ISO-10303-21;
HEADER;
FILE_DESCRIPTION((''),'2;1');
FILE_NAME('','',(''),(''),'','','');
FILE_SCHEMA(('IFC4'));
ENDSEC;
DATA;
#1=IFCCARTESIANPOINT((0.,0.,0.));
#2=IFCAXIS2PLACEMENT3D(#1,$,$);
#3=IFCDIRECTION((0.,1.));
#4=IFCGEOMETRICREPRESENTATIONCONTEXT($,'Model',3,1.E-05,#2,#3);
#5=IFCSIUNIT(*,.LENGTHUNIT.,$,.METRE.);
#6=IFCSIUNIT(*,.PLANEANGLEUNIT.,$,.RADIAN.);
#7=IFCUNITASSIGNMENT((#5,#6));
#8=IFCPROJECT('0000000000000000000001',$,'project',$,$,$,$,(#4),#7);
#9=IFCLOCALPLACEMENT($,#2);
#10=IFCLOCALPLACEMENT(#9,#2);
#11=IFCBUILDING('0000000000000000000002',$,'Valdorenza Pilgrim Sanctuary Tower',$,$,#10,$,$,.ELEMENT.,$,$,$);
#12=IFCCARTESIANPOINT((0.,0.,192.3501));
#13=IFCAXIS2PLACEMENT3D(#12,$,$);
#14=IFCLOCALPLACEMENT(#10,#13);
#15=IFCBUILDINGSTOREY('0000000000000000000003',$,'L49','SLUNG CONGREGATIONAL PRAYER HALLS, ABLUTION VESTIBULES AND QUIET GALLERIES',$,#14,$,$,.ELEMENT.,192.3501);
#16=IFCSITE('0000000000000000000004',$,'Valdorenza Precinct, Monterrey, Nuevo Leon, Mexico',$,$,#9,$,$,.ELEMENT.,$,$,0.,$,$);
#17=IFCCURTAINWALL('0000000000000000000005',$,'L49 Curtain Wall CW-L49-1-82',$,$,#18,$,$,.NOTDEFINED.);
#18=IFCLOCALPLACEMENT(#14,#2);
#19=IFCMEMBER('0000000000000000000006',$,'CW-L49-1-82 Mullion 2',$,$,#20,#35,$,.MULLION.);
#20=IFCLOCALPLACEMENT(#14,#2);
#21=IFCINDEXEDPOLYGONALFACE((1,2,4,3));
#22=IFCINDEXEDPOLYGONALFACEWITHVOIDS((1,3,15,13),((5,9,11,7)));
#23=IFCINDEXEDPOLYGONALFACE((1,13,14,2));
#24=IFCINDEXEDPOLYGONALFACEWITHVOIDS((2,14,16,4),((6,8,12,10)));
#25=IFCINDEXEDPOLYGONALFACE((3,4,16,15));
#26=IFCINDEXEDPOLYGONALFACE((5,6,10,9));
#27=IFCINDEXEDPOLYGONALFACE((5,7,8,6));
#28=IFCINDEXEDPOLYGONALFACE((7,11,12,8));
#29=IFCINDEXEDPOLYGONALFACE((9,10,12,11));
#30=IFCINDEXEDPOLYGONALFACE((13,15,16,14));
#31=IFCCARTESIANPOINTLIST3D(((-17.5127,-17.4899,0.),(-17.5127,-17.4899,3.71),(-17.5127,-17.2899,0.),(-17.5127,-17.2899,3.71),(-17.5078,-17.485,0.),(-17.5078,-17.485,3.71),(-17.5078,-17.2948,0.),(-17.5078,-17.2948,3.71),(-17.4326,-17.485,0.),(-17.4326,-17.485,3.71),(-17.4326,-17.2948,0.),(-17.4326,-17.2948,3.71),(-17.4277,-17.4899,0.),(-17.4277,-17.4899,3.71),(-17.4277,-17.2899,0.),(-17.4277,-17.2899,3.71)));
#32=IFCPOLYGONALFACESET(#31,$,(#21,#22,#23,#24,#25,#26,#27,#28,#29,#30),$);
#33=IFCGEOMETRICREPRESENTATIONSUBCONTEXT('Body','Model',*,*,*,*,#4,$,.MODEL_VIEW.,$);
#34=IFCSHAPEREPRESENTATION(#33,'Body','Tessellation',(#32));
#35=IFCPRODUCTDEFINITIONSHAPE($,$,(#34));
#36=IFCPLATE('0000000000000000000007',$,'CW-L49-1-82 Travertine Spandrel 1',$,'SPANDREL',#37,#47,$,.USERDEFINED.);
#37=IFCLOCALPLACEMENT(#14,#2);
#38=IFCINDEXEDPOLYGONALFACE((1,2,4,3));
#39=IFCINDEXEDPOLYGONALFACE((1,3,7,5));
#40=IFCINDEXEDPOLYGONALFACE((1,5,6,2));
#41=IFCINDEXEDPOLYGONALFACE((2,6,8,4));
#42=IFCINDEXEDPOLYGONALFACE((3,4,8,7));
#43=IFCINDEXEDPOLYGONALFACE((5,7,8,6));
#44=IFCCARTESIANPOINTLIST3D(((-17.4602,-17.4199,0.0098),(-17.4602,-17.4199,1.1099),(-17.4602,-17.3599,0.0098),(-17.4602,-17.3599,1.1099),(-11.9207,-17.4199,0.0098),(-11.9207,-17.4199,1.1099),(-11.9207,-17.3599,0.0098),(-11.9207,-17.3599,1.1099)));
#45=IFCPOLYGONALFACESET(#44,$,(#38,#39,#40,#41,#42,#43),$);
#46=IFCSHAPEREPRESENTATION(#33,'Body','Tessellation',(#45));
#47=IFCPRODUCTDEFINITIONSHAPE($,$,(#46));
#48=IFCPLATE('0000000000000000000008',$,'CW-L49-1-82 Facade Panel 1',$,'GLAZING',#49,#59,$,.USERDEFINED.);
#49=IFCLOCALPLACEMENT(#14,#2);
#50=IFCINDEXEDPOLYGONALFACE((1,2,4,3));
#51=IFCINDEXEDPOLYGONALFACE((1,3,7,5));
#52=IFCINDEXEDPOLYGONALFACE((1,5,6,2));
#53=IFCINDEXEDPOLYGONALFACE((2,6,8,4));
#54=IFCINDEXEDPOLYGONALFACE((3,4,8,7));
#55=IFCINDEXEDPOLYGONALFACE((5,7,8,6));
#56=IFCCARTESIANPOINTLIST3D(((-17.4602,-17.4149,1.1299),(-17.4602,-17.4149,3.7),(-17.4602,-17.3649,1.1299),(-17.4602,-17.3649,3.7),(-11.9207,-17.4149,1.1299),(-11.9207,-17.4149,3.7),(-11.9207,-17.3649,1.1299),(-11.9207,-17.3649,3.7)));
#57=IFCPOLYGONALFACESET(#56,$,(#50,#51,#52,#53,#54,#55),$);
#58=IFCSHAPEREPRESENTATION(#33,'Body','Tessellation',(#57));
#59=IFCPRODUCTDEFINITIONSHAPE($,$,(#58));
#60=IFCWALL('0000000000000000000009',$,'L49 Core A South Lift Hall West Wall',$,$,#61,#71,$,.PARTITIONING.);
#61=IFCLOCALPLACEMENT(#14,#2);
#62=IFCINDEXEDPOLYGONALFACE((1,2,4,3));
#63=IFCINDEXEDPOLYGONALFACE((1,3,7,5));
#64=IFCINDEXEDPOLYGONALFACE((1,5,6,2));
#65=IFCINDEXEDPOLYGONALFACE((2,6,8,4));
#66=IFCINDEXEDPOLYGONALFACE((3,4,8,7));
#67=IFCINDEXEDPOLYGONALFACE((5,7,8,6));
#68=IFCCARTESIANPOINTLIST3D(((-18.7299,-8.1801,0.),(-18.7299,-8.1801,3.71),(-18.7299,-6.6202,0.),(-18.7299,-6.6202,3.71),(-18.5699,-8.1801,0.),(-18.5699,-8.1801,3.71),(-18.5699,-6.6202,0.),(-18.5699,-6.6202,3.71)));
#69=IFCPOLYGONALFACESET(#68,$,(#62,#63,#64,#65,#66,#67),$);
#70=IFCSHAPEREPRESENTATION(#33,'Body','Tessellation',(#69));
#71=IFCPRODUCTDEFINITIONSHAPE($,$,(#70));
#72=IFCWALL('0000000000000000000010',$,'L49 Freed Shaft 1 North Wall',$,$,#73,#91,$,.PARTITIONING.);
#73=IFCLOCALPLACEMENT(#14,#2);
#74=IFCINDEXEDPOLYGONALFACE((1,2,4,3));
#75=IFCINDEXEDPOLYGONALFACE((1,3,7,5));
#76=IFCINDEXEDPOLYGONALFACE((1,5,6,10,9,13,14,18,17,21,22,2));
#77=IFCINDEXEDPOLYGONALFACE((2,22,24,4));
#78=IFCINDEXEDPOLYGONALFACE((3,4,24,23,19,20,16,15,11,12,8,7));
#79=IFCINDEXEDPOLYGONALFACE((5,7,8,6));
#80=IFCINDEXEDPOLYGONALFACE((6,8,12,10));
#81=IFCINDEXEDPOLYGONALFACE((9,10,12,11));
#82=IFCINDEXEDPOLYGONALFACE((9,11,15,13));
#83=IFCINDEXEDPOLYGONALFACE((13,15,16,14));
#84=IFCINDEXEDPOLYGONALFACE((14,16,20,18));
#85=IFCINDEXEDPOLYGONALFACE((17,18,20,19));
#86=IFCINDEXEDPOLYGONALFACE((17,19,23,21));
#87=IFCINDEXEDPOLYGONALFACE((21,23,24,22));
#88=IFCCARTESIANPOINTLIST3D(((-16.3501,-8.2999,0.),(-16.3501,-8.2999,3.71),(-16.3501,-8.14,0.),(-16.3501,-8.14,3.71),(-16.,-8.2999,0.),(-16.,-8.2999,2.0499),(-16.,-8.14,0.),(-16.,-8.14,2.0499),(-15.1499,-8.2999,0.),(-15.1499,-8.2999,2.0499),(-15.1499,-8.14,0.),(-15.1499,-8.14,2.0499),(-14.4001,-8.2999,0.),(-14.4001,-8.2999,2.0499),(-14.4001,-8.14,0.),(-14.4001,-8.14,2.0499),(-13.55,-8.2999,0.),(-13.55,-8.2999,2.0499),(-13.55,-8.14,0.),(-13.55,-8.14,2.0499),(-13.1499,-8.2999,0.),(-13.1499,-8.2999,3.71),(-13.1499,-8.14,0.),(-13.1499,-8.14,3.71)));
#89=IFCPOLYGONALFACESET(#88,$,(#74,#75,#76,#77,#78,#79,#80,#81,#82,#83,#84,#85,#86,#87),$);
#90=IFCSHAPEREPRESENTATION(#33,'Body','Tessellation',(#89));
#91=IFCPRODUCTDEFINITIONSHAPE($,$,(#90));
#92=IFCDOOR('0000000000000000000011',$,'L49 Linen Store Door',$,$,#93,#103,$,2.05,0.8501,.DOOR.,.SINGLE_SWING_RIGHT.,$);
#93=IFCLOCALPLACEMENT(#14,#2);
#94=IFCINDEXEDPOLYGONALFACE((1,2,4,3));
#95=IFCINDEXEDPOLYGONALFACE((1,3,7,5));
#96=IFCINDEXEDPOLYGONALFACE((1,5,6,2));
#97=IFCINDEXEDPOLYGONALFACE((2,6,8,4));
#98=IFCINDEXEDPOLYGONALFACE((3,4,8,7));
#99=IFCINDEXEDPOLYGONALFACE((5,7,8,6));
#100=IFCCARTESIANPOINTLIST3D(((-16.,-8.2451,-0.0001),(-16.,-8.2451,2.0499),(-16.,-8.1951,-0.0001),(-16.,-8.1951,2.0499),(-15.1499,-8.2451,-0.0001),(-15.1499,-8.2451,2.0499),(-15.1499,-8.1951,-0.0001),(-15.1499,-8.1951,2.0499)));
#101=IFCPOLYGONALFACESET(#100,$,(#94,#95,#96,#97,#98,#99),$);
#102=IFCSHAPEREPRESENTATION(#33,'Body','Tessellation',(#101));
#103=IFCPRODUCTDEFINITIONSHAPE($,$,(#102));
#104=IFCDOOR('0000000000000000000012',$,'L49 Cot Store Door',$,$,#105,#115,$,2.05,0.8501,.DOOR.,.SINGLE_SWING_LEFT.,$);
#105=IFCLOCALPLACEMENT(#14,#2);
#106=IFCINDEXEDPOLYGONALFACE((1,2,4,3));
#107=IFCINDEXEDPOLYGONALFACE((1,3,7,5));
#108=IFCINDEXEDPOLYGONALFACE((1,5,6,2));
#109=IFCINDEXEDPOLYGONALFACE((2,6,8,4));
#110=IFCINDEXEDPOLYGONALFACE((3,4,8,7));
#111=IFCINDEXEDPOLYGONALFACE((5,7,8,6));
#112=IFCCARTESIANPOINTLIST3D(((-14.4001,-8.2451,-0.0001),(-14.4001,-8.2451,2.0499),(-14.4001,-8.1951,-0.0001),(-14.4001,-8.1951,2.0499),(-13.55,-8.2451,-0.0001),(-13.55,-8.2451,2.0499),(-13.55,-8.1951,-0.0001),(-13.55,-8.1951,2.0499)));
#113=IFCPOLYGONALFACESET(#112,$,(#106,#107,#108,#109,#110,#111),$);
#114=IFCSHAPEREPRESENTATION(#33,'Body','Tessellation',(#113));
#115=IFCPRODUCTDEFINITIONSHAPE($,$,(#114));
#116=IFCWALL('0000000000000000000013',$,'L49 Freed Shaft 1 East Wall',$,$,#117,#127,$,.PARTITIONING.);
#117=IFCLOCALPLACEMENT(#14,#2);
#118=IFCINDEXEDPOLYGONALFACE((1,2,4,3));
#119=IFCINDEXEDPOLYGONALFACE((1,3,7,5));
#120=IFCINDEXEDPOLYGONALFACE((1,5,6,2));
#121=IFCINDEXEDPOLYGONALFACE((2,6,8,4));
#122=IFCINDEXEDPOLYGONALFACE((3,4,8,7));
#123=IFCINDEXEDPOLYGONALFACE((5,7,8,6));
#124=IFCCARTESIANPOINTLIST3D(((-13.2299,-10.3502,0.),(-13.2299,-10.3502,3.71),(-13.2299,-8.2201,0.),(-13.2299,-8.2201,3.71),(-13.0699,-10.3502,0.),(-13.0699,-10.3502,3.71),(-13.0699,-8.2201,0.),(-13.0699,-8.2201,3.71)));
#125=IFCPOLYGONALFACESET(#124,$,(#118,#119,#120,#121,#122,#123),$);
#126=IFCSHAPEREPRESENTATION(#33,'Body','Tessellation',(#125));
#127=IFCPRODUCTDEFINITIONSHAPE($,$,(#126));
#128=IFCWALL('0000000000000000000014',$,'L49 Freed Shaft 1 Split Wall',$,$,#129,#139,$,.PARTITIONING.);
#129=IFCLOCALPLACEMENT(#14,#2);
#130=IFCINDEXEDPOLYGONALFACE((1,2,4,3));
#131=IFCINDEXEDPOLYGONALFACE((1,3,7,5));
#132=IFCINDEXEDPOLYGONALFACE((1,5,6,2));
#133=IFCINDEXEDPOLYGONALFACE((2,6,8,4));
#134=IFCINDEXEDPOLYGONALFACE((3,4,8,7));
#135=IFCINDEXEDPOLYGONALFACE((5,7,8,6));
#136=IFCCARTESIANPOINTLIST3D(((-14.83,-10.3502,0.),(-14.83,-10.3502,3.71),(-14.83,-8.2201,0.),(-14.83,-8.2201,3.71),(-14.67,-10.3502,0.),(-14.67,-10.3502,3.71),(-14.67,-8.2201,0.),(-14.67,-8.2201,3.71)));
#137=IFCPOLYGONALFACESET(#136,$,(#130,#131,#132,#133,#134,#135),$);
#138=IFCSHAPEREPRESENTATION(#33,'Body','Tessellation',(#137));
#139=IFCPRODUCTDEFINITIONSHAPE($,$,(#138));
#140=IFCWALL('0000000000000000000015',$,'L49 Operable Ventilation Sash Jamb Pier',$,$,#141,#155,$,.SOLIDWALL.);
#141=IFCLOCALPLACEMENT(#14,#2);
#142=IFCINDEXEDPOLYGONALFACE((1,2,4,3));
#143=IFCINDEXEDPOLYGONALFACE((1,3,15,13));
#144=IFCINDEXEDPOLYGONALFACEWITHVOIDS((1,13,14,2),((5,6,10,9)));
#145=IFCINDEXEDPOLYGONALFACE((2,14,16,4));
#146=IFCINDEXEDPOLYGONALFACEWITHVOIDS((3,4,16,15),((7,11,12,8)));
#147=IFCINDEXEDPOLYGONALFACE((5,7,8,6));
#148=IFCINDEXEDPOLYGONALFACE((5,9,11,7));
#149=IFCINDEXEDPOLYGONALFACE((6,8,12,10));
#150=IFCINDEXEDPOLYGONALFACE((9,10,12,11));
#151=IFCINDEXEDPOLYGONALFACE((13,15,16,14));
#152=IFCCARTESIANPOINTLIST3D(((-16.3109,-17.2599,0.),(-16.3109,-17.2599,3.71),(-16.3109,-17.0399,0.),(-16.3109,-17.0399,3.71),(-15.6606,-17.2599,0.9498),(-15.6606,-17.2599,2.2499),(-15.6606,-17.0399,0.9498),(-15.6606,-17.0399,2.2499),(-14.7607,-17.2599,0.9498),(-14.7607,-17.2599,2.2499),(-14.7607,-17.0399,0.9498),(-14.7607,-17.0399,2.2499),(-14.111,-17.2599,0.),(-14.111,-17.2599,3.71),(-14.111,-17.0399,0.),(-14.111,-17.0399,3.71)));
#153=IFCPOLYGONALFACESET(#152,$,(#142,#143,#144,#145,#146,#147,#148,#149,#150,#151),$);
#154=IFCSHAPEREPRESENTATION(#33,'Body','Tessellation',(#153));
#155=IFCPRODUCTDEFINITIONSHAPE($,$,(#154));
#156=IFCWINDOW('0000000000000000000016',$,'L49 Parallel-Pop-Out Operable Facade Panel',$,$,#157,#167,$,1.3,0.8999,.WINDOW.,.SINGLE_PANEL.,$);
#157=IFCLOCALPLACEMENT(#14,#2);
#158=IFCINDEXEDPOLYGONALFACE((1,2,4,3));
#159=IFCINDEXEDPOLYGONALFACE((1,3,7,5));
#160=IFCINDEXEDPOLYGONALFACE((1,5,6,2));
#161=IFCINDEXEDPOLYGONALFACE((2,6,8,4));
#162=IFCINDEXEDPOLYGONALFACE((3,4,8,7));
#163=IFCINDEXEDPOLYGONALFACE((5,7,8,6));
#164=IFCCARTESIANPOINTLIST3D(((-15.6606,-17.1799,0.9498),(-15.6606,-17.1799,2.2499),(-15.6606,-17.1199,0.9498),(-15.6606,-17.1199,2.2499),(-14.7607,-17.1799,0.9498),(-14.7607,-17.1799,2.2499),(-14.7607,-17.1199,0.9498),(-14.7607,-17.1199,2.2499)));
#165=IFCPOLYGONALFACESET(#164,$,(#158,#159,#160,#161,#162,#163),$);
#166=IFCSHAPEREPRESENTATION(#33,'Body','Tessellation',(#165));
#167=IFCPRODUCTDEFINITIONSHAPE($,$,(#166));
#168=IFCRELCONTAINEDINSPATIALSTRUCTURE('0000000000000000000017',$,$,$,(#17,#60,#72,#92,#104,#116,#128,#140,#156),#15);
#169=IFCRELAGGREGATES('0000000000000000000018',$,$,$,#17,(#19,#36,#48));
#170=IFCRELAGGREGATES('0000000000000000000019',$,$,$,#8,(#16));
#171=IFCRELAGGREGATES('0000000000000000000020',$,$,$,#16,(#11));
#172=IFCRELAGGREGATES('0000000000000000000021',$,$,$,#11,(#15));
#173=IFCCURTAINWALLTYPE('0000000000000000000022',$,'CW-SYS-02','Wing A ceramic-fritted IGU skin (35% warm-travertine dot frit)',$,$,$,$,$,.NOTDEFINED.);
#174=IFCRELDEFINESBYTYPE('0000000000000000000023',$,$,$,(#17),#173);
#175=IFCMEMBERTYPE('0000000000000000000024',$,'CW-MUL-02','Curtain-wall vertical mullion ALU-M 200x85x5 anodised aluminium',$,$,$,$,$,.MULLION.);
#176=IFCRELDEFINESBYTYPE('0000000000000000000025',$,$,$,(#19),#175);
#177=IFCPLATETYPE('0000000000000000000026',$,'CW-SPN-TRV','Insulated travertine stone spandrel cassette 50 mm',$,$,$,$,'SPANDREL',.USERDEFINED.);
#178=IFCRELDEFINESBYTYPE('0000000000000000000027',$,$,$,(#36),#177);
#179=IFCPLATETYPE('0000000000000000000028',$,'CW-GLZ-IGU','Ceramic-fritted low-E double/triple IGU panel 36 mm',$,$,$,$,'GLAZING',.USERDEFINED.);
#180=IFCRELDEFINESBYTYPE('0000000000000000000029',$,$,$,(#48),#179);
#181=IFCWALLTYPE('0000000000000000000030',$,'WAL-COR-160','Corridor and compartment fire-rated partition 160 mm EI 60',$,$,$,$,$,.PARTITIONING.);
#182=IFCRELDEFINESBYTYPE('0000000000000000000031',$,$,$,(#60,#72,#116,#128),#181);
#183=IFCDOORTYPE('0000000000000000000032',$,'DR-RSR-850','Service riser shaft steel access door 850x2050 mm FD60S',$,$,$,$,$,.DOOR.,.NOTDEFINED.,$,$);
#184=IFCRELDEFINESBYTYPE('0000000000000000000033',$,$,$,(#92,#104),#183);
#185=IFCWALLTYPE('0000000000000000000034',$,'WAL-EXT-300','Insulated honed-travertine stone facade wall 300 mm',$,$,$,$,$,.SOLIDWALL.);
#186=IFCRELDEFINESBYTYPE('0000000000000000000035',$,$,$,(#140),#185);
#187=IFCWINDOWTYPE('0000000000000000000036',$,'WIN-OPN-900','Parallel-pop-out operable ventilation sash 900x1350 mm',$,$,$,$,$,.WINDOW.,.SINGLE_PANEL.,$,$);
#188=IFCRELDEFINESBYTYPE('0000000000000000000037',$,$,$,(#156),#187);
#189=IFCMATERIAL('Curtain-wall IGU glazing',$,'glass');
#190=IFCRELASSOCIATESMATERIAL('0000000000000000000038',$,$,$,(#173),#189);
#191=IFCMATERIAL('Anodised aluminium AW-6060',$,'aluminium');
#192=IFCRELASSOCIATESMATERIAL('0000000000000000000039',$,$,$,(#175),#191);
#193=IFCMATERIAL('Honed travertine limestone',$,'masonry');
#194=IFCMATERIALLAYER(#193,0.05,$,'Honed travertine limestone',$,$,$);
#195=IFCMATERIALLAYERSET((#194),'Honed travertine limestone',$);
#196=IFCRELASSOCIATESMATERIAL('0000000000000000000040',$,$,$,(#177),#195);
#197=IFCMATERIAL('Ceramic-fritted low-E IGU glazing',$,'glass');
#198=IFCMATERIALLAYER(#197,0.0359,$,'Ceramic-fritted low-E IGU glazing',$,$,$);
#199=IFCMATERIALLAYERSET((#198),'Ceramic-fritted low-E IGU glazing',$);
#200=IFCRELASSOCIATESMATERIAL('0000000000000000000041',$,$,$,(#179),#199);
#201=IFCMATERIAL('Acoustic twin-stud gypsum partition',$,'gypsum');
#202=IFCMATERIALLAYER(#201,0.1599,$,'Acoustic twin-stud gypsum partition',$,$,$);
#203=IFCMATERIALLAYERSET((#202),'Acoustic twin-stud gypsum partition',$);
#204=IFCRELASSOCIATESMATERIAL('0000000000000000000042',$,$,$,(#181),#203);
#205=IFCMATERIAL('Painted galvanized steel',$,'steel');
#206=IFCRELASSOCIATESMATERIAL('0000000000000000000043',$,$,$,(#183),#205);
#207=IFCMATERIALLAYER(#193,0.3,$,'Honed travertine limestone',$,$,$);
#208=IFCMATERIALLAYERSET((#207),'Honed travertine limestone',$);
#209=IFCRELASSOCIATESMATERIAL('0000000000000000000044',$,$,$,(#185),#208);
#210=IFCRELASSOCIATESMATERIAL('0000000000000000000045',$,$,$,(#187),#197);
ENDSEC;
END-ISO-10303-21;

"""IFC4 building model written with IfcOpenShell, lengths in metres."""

from ifc_helpers import new_model, si_unit, direction, frame, frame_2d, origin, origin_2d, place, context, subcontext, project, spatial, rectangle, hollow_rectangle, extrude, source, transform, mapped, material, layer, layer_set, material_profile, profile_set, type_object, element, fill, aggregate, save


model = new_model("IFC4")

# Units and contexts
model_context = context("Model", 3, precision=1e-05, world=origin(), true_north=direction((0.0, 1.0)))
body_context = subcontext(model_context, "Body", "Model", "MODEL_VIEW")
ifc_project = project(units=[si_unit("LENGTHUNIT", "METRE"), si_unit("PLANEANGLEUNIT", "RADIAN")], contexts=[model_context])

# Site, building, storey
site_placement = place(None, origin())
site = spatial("IfcSite", under=ifc_project, at=site_placement, Name="Valdorenza Precinct, Monterrey, Nuevo Leon, Mexico", CompositionType="ELEMENT", RefElevation=0.0)
building_placement = place(site_placement, origin())
building = spatial("IfcBuilding", under=site, at=building_placement, Name="Valdorenza Pilgrim Sanctuary Tower", CompositionType="ELEMENT")
storey_placement = place(building_placement, frame((0.0, 0.0, 192.3501)))
storey = spatial("IfcBuildingStorey", under=building, at=storey_placement, Name="L49", Description="SLUNG CONGREGATIONAL PRAYER HALLS, ABLUTION VESTIBULES AND QUIET GALLERIES", CompositionType="ELEMENT", Elevation=192.3501)

# Curtain wall, member, plates
ifc_material_1 = material(Name="Curtain-wall IGU glazing", Category="glass")
curtain_wall_type = type_object("IfcCurtainWallType", Name="CW-SYS-02", Description="Wing A ceramic-fritted IGU skin (35% warm-travertine dot frit)", PredefinedType="NOTDEFINED", material=ifc_material_1)
curtain_wall_placement = place(storey_placement, origin())
curtain_wall = element("IfcCurtainWall", 1, at=curtain_wall_placement, inside=storey, type_object=curtain_wall_type, Name="L49 Curtain Wall CW-L49-1-82", PredefinedType="NOTDEFINED")
ifc_material_2 = material(Name="Anodised aluminium AW-6060", Category="aluminium")
ifc_material_profile = material_profile(ifc_material_2, hollow_rectangle(XDim=0.085, YDim=0.2, WallThickness=0.0049, at=origin_2d()), Name="ALU-M 200x85x5")
ifc_profile_set = profile_set([ifc_material_profile], Name="Anodised aluminium AW-6060")
member_type = type_object("IfcMemberType", Name="CW-MUL-02", Description="Curtain-wall vertical mullion ALU-M 200x85x5 anodised aluminium", PredefinedType="MULLION", material=ifc_profile_set)
shared_shape_1 = source(origin(), body_context, "Body", "SweptSolid", [
    extrude(hollow_rectangle(XDim=0.085, YDim=0.2, WallThickness=0.0049, at=origin_2d()), origin(), (0.0, 0.0, 1.0), 3.71),
])
member_placement = place(storey_placement, frame((-17.4702, -17.3899, 0.0), z_axis=(0.0, 0.0, 1.0), x_axis=(-1.0, 0.0, 0.0)))
member = element("IfcMember", 2, at=member_placement, type_object=member_type, Name="CW-L49-1-82 Mullion 2", PredefinedType="MULLION", context=body_context, shape_type="MappedRepresentation", body=[
    mapped(shared_shape_1, transform((0.0, 0.0, 0.0), x_axis=(1.0, 0.0, 0.0), y_axis=(0.0, 1.0, 0.0), z_axis=(0.0, 0.0, 1.0), scale=1.0)),
])
ifc_material_3 = material(Name="Honed travertine limestone", Category="masonry")
ifc_layer_1 = layer(ifc_material_3, 0.05, Name="Honed travertine limestone")
ifc_layer_set_1 = layer_set([ifc_layer_1], Name="Honed travertine limestone")
plate_type_1 = type_object("IfcPlateType", Name="CW-SPN-TRV", Description="Insulated travertine stone spandrel cassette 50 mm", ElementType="SPANDREL", PredefinedType="USERDEFINED", material=ifc_layer_set_1)
shared_shape_2 = source(origin(), body_context, "Body", "SweptSolid", [
    extrude(rectangle(XDim=5.5396, YDim=0.0601, at=origin_2d()), origin(), (0.0, 0.0, 1.0), 1.1001),
])
plate_1_placement = place(storey_placement, frame((-14.6904, -17.3899, 0.0098), z_axis=(0.0, 0.0, 1.0), x_axis=(-1.0, 0.0, 0.0)))
plate_1 = element("IfcPlate", 3, at=plate_1_placement, type_object=plate_type_1, Name="CW-L49-1-82 Travertine Spandrel 1", ObjectType="SPANDREL", PredefinedType="USERDEFINED", context=body_context, shape_type="MappedRepresentation", body=[
    mapped(shared_shape_2, transform((0.0, 0.0, 0.0), x_axis=(1.0, 0.0, 0.0), y_axis=(0.0, 1.0, 0.0), z_axis=(0.0, 0.0, 1.0), scale=1.0)),
])
ifc_material_4 = material(Name="Ceramic-fritted low-E IGU glazing", Category="glass")
ifc_layer_2 = layer(ifc_material_4, 0.0359, Name="Ceramic-fritted low-E IGU glazing")
ifc_layer_set_2 = layer_set([ifc_layer_2], Name="Ceramic-fritted low-E IGU glazing")
plate_type_2 = type_object("IfcPlateType", Name="CW-GLZ-IGU", Description="Ceramic-fritted low-E double/triple IGU panel 36 mm", ElementType="GLAZING", PredefinedType="USERDEFINED", material=ifc_layer_set_2)
shared_shape_3 = source(origin(), body_context, "Body", "SweptSolid", [
    extrude(rectangle(XDim=5.5396, YDim=0.05, at=origin_2d()), origin(), (0.0, 0.0, 1.0), 2.5701),
])
plate_2_placement = place(storey_placement, frame((-14.6904, -17.3899, 1.1299), z_axis=(0.0, 0.0, 1.0), x_axis=(-1.0, 0.0, 0.0)))
plate_2 = element("IfcPlate", 4, at=plate_2_placement, type_object=plate_type_2, Name="CW-L49-1-82 Facade Panel 1", ObjectType="GLAZING", PredefinedType="USERDEFINED", context=body_context, shape_type="MappedRepresentation", body=[
    mapped(shared_shape_3, transform((0.0, 0.0, 0.0), x_axis=(1.0, 0.0, 0.0), y_axis=(0.0, 1.0, 0.0), z_axis=(0.0, 0.0, 1.0), scale=1.0)),
])
aggregate(curtain_wall, [member, plate_1, plate_2])

# Wall
ifc_material_5 = material(Name="Acoustic twin-stud gypsum partition", Category="gypsum")
ifc_layer_3 = layer(ifc_material_5, 0.1599, Name="Acoustic twin-stud gypsum partition")
ifc_layer_set_3 = layer_set([ifc_layer_3], Name="Acoustic twin-stud gypsum partition")
wall_type_1 = type_object("IfcWallType", Name="WAL-COR-160", Description="Corridor and compartment fire-rated partition 160 mm EI 60", PredefinedType="PARTITIONING", material=ifc_layer_set_3)
wall_1_placement = place(storey_placement, frame((-18.6499, -8.1799, 0.0), z_axis=(0.0, 0.0, 1.0), x_axis=(0.0, 1.0, 0.0)))
element("IfcWall", 5, at=wall_1_placement, inside=storey, type_object=wall_type_1, Name="L49 Core A South Lift Hall West Wall", PredefinedType="PARTITIONING", context=body_context, shape_type="SweptSolid", body=[
    extrude(rectangle(XDim=1.5598, YDim=0.1599, at=frame_2d((0.7798, 0.0))), origin(), (0.0, 0.0, 1.0), 3.71),
])

# Wall, openings, doors
wall_2_placement = place(storey_placement, frame((-16.3501, -8.22, 0.0), z_axis=(0.0, 0.0, 1.0), x_axis=(1.0, 0.0, 0.0)))
wall_2 = element("IfcWall", 6, at=wall_2_placement, inside=storey, type_object=wall_type_1, Name="L49 Freed Shaft 1 North Wall", PredefinedType="PARTITIONING", context=body_context, shape_type="SweptSolid", body=[
    extrude(rectangle(XDim=3.2002, YDim=0.1599, at=frame_2d((1.6001, 0.0))), origin(), (0.0, 0.0, 1.0), 3.71),
])
opening_1_placement = place(wall_2_placement, frame((0.3501, 0.0, 0.0)))
opening_1 = element("IfcOpeningElement", 7, at=opening_1_placement, cuts=wall_2, PredefinedType="OPENING", context=body_context, shape_type="SweptSolid", body=[
    extrude(rectangle(XDim=0.8501, YDim=2.05, at=frame_2d((0.425, 1.0249))), frame((0.0, 0.0947, 0.0), z_axis=(0.0, -1.0, 0.0), x_axis=(1.0, 0.0, 0.0)), (0.0, 0.0, 1.0), 0.1897),
])
opening_2_placement = place(wall_2_placement, frame((1.95, 0.0, 0.0)))
opening_2 = element("IfcOpeningElement", 8, at=opening_2_placement, cuts=wall_2, PredefinedType="OPENING", context=body_context, shape_type="SweptSolid", body=[
    extrude(rectangle(XDim=0.8501, YDim=2.05, at=frame_2d((0.425, 1.0249))), frame((0.0, 0.0947, 0.0), z_axis=(0.0, -1.0, 0.0), x_axis=(1.0, 0.0, 0.0)), (0.0, 0.0, 1.0), 0.1897),
])
ifc_material_6 = material(Name="Painted galvanized steel", Category="steel")
door_type_1 = type_object("IfcDoorType", Name="DR-RSR-850", Description="Service riser shaft steel access door 850x2050 mm FD60S", OperationType="NOTDEFINED", PredefinedType="DOOR", material=ifc_material_6)
door_1_placement = place(opening_1_placement, origin())
door_1 = element("IfcDoor", 9, at=door_1_placement, inside=storey, type_object=door_type_1, Name="L49 Linen Store Door", OperationType="SINGLE_SWING_RIGHT", OverallHeight=2.05, OverallWidth=0.8501, PredefinedType="DOOR", context=body_context, shape_type="SweptSolid", body=[
    extrude(rectangle(XDim=0.8501, YDim=2.05, at=frame_2d((0.425, 1.0249))), frame((0.0, 0.0249, 0.0), z_axis=(0.0, -1.0, 0.0), x_axis=(1.0, 0.0, 0.0)), (0.0, 0.0, 1.0), 0.05),
])
fill(opening_1, door_1)
door_2_placement = place(opening_2_placement, origin())
door_2 = element("IfcDoor", 10, at=door_2_placement, inside=storey, type_object=door_type_1, Name="L49 Cot Store Door", OperationType="SINGLE_SWING_LEFT", OverallHeight=2.05, OverallWidth=0.8501, PredefinedType="DOOR", context=body_context, shape_type="SweptSolid", body=[
    extrude(rectangle(XDim=0.8501, YDim=2.05, at=frame_2d((0.425, 1.0249))), frame((0.0, 0.0249, 0.0), z_axis=(0.0, -1.0, 0.0), x_axis=(1.0, 0.0, 0.0)), (0.0, 0.0, 1.0), 0.05),
])
fill(opening_2, door_2)

# Walls
for number, where, z_axis, x_axis, name in (
    (11, (-13.1499, -10.3501, 0.0), (0.0, 0.0, 1.0), (0.0, 1.0, 0.0), "L49 Freed Shaft 1 East Wall"),
    (12, (-14.75, -10.3501, 0.0), (0.0, 0.0, 1.0), (0.0, 1.0, 0.0), "L49 Freed Shaft 1 Split Wall"),
):
    element("IfcWall", number, at=place(storey_placement, frame(where, z_axis=z_axis, x_axis=x_axis)), inside=storey, type_object=wall_type_1, Name=name, PredefinedType="PARTITIONING", context=body_context, shape_type="SweptSolid", body=[
        extrude(rectangle(XDim=2.1301, YDim=0.1599, at=frame_2d((1.0649, 0.0))), origin(), (0.0, 0.0, 1.0), 3.71),
    ])

# Wall, opening, window
ifc_layer_4 = layer(ifc_material_3, 0.3, Name="Honed travertine limestone")
ifc_layer_set_4 = layer_set([ifc_layer_4], Name="Honed travertine limestone")
wall_type_2 = type_object("IfcWallType", Name="WAL-EXT-300", Description="Insulated honed-travertine stone facade wall 300 mm", PredefinedType="SOLIDWALL", material=ifc_layer_set_4)
wall_3_placement = place(storey_placement, frame((-14.1108, -17.1499, 0.0), z_axis=(0.0, 0.0, 1.0), x_axis=(-1.0, 0.0, 0.0)))
wall_3 = element("IfcWall", 13, at=wall_3_placement, inside=storey, type_object=wall_type_2, Name="L49 Operable Ventilation Sash Jamb Pier", PredefinedType="SOLIDWALL", context=body_context, shape_type="SweptSolid", body=[
    extrude(rectangle(XDim=2.2, YDim=0.22, at=frame_2d((1.1001, 0.0))), origin(), (0.0, 0.0, 1.0), 3.71),
])
opening_3_placement = place(wall_3_placement, frame((0.6499, 0.0, 0.95)))
opening_3 = element("IfcOpeningElement", 14, at=opening_3_placement, cuts=wall_3, PredefinedType="OPENING", context=body_context, shape_type="SweptSolid", body=[
    extrude(rectangle(XDim=0.8999, YDim=1.3, at=frame_2d((0.45, 0.6499))), frame((0.0, 0.125, 0.0), z_axis=(0.0, -1.0, 0.0), x_axis=(1.0, 0.0, 0.0)), (0.0, 0.0, 1.0), 0.2498),
])
window_type = type_object("IfcWindowType", Name="WIN-OPN-900", Description="Parallel-pop-out operable ventilation sash 900x1350 mm", PartitioningType="SINGLE_PANEL", PredefinedType="WINDOW", material=ifc_material_4)
window_placement = place(opening_3_placement, origin())
window = element("IfcWindow", 15, at=window_placement, inside=storey, type_object=window_type, Name="L49 Parallel-Pop-Out Operable Facade Panel", OverallHeight=1.3, OverallWidth=0.8999, PartitioningType="SINGLE_PANEL", PredefinedType="WINDOW", context=body_context, shape_type="SweptSolid", body=[
    extrude(rectangle(XDim=0.8999, YDim=1.3, at=frame_2d((0.45, 0.6499))), frame((0.0, 0.03, 0.0), z_axis=(0.0, -1.0, 0.0), x_axis=(1.0, 0.0, 0.0)), (0.0, 0.0, 1.0), 0.0601),
])
fill(opening_3, window)

save(model, "model.ifc")
